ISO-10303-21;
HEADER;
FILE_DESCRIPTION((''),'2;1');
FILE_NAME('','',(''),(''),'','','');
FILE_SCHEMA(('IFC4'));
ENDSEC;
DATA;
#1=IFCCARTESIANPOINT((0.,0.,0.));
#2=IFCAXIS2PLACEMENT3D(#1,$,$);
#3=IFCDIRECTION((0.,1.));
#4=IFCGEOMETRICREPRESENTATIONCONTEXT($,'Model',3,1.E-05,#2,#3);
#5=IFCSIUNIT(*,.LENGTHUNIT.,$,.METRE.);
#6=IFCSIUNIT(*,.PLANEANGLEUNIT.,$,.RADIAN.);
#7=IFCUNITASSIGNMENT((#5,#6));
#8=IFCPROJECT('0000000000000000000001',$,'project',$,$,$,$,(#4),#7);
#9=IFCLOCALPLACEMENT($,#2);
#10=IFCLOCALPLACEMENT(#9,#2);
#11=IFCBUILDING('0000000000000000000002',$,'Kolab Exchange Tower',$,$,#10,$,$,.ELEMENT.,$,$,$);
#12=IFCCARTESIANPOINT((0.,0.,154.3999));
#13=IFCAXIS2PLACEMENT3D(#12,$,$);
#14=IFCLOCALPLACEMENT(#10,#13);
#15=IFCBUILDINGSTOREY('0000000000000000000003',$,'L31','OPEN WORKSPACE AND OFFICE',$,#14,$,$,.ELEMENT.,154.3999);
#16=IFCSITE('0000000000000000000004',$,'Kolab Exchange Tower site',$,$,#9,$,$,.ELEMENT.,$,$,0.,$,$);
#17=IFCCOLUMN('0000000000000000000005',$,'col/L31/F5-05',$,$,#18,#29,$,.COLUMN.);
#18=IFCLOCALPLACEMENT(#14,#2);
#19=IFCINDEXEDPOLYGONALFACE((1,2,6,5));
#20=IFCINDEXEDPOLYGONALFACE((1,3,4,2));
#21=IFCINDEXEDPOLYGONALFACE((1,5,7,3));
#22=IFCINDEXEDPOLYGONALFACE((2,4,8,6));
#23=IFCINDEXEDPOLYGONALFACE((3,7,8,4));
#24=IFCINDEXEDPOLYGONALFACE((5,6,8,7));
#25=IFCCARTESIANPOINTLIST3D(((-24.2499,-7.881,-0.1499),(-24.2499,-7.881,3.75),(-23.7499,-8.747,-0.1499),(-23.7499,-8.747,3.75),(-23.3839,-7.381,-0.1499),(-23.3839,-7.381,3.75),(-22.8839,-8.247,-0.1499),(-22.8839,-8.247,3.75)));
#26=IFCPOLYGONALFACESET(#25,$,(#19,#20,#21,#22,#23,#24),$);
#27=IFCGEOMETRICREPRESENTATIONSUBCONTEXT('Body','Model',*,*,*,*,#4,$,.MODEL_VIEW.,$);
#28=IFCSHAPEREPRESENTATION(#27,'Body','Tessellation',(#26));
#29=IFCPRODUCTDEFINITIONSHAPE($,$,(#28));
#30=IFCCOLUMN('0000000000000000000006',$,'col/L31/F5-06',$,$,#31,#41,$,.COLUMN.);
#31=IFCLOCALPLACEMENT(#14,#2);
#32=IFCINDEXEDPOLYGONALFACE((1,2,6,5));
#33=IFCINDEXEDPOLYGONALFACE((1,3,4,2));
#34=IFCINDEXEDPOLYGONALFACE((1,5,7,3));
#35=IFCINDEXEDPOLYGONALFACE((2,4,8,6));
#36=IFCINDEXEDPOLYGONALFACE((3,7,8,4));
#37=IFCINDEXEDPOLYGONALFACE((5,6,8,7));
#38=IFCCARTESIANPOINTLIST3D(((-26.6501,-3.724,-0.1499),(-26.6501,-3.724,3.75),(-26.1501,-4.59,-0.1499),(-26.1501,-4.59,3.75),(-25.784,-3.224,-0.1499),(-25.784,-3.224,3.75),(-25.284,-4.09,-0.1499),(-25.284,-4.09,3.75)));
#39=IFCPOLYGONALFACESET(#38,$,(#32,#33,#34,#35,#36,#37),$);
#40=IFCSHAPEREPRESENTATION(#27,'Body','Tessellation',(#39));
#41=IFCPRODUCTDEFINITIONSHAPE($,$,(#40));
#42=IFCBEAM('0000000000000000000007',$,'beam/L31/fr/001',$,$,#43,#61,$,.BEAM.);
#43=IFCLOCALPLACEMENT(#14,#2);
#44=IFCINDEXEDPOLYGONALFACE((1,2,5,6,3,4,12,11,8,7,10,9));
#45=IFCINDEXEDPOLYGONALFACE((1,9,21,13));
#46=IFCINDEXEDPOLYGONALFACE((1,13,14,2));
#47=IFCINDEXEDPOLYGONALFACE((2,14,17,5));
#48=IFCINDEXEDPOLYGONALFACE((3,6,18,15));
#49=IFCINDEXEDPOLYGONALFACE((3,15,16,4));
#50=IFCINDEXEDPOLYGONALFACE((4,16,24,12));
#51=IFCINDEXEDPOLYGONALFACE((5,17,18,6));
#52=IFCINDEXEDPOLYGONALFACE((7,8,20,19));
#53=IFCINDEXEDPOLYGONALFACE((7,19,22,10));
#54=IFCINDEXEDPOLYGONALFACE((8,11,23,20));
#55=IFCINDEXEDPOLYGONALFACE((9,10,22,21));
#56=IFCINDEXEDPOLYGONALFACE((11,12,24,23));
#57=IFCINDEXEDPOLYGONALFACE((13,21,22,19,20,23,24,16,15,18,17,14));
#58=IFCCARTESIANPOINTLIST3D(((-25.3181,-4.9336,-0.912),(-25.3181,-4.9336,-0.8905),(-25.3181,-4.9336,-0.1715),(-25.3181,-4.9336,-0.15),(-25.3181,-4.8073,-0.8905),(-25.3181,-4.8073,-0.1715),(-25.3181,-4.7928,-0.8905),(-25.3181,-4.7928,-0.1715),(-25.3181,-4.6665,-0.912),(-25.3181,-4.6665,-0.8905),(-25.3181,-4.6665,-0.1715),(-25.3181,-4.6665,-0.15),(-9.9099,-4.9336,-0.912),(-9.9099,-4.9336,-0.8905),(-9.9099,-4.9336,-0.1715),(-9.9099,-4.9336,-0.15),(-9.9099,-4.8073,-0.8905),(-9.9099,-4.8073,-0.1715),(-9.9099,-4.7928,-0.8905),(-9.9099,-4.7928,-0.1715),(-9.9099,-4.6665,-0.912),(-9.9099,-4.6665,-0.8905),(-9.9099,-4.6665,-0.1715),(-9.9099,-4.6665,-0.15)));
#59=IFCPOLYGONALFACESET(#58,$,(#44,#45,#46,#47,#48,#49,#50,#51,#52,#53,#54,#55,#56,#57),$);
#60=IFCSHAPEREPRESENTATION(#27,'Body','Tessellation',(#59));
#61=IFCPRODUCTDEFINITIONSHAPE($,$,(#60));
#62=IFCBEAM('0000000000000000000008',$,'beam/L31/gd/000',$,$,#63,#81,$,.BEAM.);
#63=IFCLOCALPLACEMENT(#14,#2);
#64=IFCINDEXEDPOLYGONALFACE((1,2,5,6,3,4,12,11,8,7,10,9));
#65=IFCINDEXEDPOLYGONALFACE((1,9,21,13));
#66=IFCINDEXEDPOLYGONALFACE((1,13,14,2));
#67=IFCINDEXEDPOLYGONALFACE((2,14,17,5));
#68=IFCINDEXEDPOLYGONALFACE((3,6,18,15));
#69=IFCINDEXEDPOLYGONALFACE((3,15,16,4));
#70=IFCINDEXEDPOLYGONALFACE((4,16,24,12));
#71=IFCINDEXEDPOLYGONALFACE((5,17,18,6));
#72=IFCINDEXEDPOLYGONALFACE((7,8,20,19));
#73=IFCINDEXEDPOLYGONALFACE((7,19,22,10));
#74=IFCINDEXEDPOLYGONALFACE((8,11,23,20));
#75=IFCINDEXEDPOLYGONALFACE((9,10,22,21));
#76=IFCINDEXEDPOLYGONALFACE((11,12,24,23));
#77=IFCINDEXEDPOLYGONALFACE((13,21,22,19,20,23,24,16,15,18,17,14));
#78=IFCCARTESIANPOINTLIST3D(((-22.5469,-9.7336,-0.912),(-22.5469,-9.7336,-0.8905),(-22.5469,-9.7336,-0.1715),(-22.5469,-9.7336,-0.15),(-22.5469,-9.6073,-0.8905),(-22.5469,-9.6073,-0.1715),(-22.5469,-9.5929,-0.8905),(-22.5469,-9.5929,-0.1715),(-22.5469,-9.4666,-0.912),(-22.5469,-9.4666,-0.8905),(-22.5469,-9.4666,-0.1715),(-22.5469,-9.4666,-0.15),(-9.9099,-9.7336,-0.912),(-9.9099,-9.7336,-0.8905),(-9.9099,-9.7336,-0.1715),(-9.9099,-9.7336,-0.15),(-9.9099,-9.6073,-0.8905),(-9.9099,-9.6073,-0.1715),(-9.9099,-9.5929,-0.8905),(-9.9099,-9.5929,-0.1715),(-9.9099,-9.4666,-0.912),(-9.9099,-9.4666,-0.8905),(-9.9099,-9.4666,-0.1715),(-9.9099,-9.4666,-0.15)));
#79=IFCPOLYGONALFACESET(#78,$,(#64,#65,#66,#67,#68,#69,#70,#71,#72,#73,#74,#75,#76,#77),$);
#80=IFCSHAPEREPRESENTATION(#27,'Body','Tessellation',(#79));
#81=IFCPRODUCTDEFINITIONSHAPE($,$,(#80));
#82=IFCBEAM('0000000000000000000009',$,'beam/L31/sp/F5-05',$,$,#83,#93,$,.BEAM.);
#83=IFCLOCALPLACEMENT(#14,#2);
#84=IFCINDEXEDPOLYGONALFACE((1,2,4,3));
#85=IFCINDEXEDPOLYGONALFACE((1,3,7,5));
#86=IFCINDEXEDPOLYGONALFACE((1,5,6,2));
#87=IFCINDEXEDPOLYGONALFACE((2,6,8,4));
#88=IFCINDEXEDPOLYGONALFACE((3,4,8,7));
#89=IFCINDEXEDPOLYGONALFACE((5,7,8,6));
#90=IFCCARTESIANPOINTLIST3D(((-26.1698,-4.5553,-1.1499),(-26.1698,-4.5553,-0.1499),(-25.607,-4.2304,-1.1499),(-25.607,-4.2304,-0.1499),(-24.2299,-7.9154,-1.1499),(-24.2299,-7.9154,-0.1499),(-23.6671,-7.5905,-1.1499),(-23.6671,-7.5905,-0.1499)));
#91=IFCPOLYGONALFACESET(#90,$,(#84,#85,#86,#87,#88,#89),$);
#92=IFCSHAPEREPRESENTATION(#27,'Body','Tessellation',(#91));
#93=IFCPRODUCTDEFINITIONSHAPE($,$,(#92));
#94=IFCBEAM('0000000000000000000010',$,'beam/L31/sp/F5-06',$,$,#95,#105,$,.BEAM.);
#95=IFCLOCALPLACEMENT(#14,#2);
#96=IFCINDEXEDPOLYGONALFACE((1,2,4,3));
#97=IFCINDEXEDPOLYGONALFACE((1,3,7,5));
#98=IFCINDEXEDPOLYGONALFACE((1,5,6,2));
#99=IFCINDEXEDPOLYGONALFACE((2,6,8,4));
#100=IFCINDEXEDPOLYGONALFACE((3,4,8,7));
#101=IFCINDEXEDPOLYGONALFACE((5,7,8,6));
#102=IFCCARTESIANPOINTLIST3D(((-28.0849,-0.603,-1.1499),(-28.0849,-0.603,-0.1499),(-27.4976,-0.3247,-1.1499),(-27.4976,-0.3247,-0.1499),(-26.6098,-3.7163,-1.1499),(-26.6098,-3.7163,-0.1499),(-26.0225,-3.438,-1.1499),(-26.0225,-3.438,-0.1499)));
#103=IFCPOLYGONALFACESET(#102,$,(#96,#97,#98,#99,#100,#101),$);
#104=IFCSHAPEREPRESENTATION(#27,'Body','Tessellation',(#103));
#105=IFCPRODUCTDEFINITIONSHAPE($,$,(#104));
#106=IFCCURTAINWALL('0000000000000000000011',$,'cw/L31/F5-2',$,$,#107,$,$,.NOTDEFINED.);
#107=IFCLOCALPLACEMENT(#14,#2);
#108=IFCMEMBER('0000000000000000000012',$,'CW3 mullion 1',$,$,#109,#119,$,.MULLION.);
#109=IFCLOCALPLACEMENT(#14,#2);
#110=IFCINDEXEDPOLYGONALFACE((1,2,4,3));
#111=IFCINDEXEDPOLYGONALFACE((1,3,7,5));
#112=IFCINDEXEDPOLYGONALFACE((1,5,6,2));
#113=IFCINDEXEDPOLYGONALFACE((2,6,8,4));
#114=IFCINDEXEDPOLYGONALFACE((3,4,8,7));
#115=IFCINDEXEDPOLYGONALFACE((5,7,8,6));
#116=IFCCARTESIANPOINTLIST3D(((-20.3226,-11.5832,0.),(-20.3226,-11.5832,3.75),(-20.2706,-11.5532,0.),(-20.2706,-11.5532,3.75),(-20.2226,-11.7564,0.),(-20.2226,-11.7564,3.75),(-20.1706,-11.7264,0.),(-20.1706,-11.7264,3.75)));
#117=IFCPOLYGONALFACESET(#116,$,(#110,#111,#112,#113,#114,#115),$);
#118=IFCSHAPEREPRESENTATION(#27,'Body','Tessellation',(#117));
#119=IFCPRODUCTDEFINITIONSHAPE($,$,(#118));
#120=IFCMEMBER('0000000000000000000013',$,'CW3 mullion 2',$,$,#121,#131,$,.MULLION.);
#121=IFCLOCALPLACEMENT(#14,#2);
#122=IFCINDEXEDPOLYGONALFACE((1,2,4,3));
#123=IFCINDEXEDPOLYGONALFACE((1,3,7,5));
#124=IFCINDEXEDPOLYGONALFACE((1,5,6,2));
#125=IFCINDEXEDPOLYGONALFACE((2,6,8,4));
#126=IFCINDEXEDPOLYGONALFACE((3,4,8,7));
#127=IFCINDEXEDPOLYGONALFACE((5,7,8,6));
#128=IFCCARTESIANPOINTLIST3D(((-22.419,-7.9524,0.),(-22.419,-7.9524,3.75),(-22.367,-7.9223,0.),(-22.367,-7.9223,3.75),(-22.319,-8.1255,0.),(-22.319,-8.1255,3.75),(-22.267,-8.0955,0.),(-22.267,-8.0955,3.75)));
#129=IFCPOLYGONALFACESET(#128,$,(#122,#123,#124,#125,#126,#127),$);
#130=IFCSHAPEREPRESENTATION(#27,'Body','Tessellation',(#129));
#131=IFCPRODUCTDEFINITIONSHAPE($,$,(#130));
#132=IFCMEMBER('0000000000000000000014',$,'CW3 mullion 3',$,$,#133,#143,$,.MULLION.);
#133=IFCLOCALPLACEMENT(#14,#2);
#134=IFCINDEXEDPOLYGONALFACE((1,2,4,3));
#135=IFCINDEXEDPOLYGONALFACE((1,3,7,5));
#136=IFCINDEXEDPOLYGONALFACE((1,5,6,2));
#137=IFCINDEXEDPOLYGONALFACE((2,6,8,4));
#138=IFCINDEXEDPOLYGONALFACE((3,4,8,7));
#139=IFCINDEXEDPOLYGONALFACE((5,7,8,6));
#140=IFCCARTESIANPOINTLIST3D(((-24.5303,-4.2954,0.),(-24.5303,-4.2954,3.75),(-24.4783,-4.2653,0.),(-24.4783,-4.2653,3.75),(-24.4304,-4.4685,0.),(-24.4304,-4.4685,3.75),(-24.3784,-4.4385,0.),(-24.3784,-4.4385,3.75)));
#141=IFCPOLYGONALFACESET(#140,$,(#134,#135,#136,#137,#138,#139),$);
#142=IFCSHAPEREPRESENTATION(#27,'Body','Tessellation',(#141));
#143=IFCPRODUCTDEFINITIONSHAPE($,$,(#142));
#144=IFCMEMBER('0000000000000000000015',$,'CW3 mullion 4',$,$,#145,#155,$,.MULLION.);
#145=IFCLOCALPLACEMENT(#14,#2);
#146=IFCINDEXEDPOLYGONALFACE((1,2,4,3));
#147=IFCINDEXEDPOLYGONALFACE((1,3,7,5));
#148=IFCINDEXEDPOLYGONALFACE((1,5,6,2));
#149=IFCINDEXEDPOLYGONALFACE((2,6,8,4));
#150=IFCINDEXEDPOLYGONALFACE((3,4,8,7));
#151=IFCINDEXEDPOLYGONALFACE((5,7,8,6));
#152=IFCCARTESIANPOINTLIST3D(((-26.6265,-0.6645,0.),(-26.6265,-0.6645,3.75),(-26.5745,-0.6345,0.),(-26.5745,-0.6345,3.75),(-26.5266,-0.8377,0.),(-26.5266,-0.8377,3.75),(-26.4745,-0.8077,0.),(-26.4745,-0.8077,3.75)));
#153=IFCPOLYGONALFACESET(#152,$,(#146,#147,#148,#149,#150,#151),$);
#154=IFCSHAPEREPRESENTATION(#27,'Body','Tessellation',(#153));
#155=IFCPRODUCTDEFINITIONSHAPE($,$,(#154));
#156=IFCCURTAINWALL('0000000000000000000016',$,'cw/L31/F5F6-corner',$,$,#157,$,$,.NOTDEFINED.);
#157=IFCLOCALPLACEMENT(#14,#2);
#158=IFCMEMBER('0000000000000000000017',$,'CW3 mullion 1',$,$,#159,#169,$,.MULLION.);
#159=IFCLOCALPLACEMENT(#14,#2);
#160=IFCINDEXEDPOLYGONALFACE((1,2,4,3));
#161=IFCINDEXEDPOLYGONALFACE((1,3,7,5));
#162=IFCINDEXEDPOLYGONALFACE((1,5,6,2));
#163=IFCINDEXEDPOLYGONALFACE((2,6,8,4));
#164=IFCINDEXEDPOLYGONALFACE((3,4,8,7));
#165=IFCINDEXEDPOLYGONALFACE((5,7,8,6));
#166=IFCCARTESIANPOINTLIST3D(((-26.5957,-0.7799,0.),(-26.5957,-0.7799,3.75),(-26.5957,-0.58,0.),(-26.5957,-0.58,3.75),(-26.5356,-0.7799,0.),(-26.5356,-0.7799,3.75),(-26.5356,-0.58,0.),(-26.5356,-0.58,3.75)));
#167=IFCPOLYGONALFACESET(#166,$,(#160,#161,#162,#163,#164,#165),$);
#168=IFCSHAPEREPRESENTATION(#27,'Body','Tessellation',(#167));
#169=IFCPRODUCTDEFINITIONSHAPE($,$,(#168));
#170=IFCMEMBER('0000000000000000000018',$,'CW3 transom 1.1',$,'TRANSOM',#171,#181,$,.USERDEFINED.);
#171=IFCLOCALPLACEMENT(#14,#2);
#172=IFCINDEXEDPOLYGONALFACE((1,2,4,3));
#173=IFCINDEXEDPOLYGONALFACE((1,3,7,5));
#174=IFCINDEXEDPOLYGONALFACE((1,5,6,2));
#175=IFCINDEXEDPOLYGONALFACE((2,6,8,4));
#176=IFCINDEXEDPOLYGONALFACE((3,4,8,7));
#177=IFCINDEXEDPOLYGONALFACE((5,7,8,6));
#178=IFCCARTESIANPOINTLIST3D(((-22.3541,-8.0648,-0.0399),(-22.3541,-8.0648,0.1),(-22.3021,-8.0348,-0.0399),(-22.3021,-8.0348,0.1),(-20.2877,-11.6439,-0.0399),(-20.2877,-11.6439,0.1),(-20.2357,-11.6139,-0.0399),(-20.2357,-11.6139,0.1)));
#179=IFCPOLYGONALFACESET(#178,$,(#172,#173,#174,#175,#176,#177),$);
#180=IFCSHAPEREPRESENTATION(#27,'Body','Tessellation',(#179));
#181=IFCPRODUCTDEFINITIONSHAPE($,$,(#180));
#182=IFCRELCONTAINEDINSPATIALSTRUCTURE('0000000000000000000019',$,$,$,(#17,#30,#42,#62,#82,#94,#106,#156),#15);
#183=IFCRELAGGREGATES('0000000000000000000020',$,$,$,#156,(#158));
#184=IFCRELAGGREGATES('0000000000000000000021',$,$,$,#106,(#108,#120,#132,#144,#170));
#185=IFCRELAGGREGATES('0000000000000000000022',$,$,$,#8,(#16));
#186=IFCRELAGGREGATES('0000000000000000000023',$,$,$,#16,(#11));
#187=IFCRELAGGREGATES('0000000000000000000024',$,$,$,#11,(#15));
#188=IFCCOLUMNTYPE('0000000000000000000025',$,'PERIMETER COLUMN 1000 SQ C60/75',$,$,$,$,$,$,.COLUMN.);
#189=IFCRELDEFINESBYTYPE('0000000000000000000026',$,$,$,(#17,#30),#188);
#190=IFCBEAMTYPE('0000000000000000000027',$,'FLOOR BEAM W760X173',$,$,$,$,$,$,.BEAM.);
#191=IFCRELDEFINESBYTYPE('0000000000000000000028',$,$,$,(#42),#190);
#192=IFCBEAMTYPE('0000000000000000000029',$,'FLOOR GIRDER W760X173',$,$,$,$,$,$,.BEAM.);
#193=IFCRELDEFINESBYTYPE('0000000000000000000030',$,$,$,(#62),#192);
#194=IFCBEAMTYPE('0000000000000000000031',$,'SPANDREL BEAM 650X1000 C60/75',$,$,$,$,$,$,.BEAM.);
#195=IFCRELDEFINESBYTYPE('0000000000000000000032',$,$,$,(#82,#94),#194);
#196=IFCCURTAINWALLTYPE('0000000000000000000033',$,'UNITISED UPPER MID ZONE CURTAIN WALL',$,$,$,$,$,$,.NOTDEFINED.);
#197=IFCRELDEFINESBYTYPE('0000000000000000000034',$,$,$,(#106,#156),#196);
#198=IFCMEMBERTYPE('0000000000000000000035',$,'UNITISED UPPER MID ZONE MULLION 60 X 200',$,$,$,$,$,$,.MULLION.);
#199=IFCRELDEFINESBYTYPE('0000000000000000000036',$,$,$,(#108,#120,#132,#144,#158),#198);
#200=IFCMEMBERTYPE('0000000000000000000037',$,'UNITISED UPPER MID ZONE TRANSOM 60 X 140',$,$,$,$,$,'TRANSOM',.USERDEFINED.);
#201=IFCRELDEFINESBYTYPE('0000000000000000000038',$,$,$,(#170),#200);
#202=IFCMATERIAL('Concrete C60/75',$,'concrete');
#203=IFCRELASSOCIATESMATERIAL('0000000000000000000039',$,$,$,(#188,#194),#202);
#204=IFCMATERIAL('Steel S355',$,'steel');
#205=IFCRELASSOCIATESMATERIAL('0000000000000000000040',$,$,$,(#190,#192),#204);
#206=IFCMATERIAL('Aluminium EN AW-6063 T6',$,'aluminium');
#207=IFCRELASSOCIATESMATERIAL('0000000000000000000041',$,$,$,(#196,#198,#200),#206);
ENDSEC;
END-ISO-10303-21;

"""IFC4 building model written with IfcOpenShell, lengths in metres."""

from ifc_helpers import new_model, si_unit, direction, frame, origin, origin_2d, place, context, subcontext, project, spatial, rectangle, i_section, extrude, material, material_profile, profile_set, type_object, element, aggregate, save


model = new_model("IFC4")

# Units and contexts
model_context = context("Model", 3, precision=1e-05, world=origin(), true_north=direction((0.0, 1.0)))
body_context = subcontext(model_context, "Body", "Model", "MODEL_VIEW")
ifc_project = project(units=[si_unit("LENGTHUNIT", "METRE"), si_unit("PLANEANGLEUNIT", "RADIAN")], contexts=[model_context])

# Site, building, storey
site_placement = place(None, origin())
site = spatial("IfcSite", under=ifc_project, at=site_placement, Name="Kolab Exchange Tower site", CompositionType="ELEMENT", RefElevation=0.0)
building_placement = place(site_placement, origin())
building = spatial("IfcBuilding", under=site, at=building_placement, Name="Kolab Exchange Tower", CompositionType="ELEMENT")
storey_placement = place(building_placement, frame((0.0, 0.0, 154.3999)))
storey = spatial("IfcBuildingStorey", under=building, at=storey_placement, Name="L31", Description="OPEN WORKSPACE AND OFFICE", CompositionType="ELEMENT", Elevation=154.3999)

# Columns
ifc_material_1 = material(Name="Concrete C60/75", Category="concrete")
ifc_material_profile_1 = material_profile(ifc_material_1, rectangle(XDim=1.0, YDim=1.0, at=origin_2d()), Name="RC1000")
ifc_profile_set_1 = profile_set([ifc_material_profile_1], Name="Concrete C60/75")
column_type = type_object("IfcColumnType", Name="PERIMETER COLUMN 1000 SQ C60/75", PredefinedType="COLUMN", material=ifc_profile_set_1)
for number, where, z_axis, x_axis, name in (
    (1, (-23.5669, -8.064, -0.1499), (0.0, 0.0, 1.0), (0.866025, 0.5, 0.0), "col/L31/F5-05"),
    (2, (-25.967, -3.907, -0.1499), (0.0, 0.0, 1.0), (0.866025, 0.5, 0.0), "col/L31/F5-06"),
):
    element("IfcColumn", number, at=place(storey_placement, frame(where, z_axis=z_axis, x_axis=x_axis)), inside=storey, type_object=column_type, Name=name, PredefinedType="COLUMN", context=body_context, shape_type="SweptSolid", body=[
        extrude(rectangle(XDim=1.0, YDim=1.0, at=origin_2d()), origin(), (0.0, 0.0, 1.0), 3.8999),
    ])

# Beams
ifc_material_2 = material(Name="Steel S355", Category="steel")
ifc_material_profile_2 = material_profile(ifc_material_2, i_section(OverallWidth=0.2671, OverallDepth=0.762, WebThickness=0.0144, FlangeThickness=0.0215, at=origin_2d()), Name="W760X173")
ifc_profile_set_2 = profile_set([ifc_material_profile_2], Name="Steel S355")
beam_type_1 = type_object("IfcBeamType", Name="FLOOR BEAM W760X173", PredefinedType="BEAM", material=ifc_profile_set_2)
beam_1_placement = place(storey_placement, frame((-25.3181, -4.8, -0.531), z_axis=(1.0, 0.0, 0.0), x_axis=(0.0, 1.0, 0.0)))
element("IfcBeam", 3, at=beam_1_placement, inside=storey, type_object=beam_type_1, Name="beam/L31/fr/001", PredefinedType="BEAM", context=body_context, shape_type="SweptSolid", body=[
    extrude(i_section(OverallWidth=0.2671, OverallDepth=0.762, WebThickness=0.0144, FlangeThickness=0.0215, at=origin_2d()), origin(), (0.0, 0.0, 1.0), 15.4082),
])
ifc_material_profile_3 = material_profile(ifc_material_2, i_section(OverallWidth=0.2671, OverallDepth=0.762, WebThickness=0.0144, FlangeThickness=0.0215, at=origin_2d()), Name="W760X173")
ifc_profile_set_3 = profile_set([ifc_material_profile_3], Name="Steel S355")
beam_type_2 = type_object("IfcBeamType", Name="FLOOR GIRDER W760X173", PredefinedType="BEAM", material=ifc_profile_set_3)
beam_2_placement = place(storey_placement, frame((-22.5469, -9.6001, -0.531), z_axis=(1.0, 0.0, 0.0), x_axis=(0.0, 1.0, 0.0)))
element("IfcBeam", 4, at=beam_2_placement, inside=storey, type_object=beam_type_2, Name="beam/L31/gd/000", PredefinedType="BEAM", context=body_context, shape_type="SweptSolid", body=[
    extrude(i_section(OverallWidth=0.2671, OverallDepth=0.762, WebThickness=0.0144, FlangeThickness=0.0215, at=origin_2d()), origin(), (0.0, 0.0, 1.0), 12.637),
])
ifc_material_profile_4 = material_profile(ifc_material_1, rectangle(XDim=0.6499, YDim=1.0, at=origin_2d()), Name="RC650X1000")
ifc_profile_set_4 = profile_set([ifc_material_profile_4], Name="Concrete C60/75")
beam_type_3 = type_object("IfcBeamType", Name="SPANDREL BEAM 650X1000 C60/75", PredefinedType="BEAM", material=ifc_profile_set_4)
beam_3_placement = place(storey_placement, frame((-23.9485, -7.7529, -0.6499), z_axis=(-0.499997, 0.866027, 0.0), x_axis=(-0.866027, -0.499997, 0.0)))
element("IfcBeam", 5, at=beam_3_placement, inside=storey, type_object=beam_type_3, Name="beam/L31/sp/F5-05", PredefinedType="BEAM", context=body_context, shape_type="SweptSolid", body=[
    extrude(rectangle(XDim=0.6499, YDim=1.0, at=origin_2d()), origin(), (0.0, 0.0, 1.0), 3.8799),
])
beam_4_placement = place(storey_placement, frame((-26.3162, -3.5771, -0.6499), z_axis=(-0.428178, 0.903695, 0.0), x_axis=(-0.903695, -0.428178, 0.0)))
element("IfcBeam", 6, at=beam_4_placement, inside=storey, type_object=beam_type_3, Name="beam/L31/sp/F5-06", PredefinedType="BEAM", context=body_context, shape_type="SweptSolid", body=[
    extrude(rectangle(XDim=0.6499, YDim=1.0, at=origin_2d()), origin(), (0.0, 0.0, 1.0), 3.4451),
])

# Curtain wall, members
ifc_material_3 = material(Name="Aluminium EN AW-6063 T6", Category="aluminium")
curtain_wall_type = type_object("IfcCurtainWallType", Name="UNITISED UPPER MID ZONE CURTAIN WALL", PredefinedType="NOTDEFINED", material=ifc_material_3)
curtain_wall_1_placement = place(storey_placement, origin())
curtain_wall_1 = element("IfcCurtainWall", 7, at=curtain_wall_1_placement, inside=storey, type_object=curtain_wall_type, Name="cw/L31/F5-2", PredefinedType="NOTDEFINED")
ifc_material_profile_5 = material_profile(ifc_material_3, rectangle(XDim=0.0601, YDim=0.2, at=origin_2d()), Name="RECT 60X200")
ifc_profile_set_5 = profile_set([ifc_material_profile_5], Name="Aluminium EN AW-6063 T6")
member_type_1 = type_object("IfcMemberType", Name="UNITISED UPPER MID ZONE MULLION 60 X 200", PredefinedType="MULLION", material=ifc_profile_set_5)
member_1_placement = place(storey_placement, frame((-20.2466, -11.6548, 0.0), z_axis=(0.0, 0.0, 1.0), x_axis=(-0.866025, -0.5, 0.0)))
member_1 = element("IfcMember", 8, at=member_1_placement, type_object=member_type_1, Name="CW3 mullion 1", PredefinedType="MULLION", context=body_context, shape_type="SweptSolid", body=[
    extrude(rectangle(XDim=0.0601, YDim=0.2, at=origin_2d()), origin(), (0.0, 0.0, 1.0), 3.75),
])
member_2_placement = place(storey_placement, frame((-22.343, -8.0239, 0.0), z_axis=(0.0, 0.0, 1.0), x_axis=(-0.866025, -0.5, 0.0)))
member_2 = element("IfcMember", 9, at=member_2_placement, type_object=member_type_1, Name="CW3 mullion 2", PredefinedType="MULLION", context=body_context, shape_type="SweptSolid", body=[
    extrude(rectangle(XDim=0.0601, YDim=0.2, at=origin_2d()), origin(), (0.0, 0.0, 1.0), 3.75),
])
member_3_placement = place(storey_placement, frame((-24.4543, -4.3669, 0.0), z_axis=(0.0, 0.0, 1.0), x_axis=(-0.866025, -0.5, 0.0)))
member_3 = element("IfcMember", 10, at=member_3_placement, type_object=member_type_1, Name="CW3 mullion 3", PredefinedType="MULLION", context=body_context, shape_type="SweptSolid", body=[
    extrude(rectangle(XDim=0.0601, YDim=0.2, at=origin_2d()), origin(), (0.0, 0.0, 1.0), 3.75),
])
member_4_placement = place(storey_placement, frame((-26.5505, -0.7361, 0.0), z_axis=(0.0, 0.0, 1.0), x_axis=(-0.866025, -0.5, 0.0)))
member_4 = element("IfcMember", 11, at=member_4_placement, type_object=member_type_1, Name="CW3 mullion 4", PredefinedType="MULLION", context=body_context, shape_type="SweptSolid", body=[
    extrude(rectangle(XDim=0.0601, YDim=0.2, at=origin_2d()), origin(), (0.0, 0.0, 1.0), 3.75),
])

# Curtain wall, member
curtain_wall_2_placement = place(storey_placement, origin())
curtain_wall_2 = element("IfcCurtainWall", 12, at=curtain_wall_2_placement, inside=storey, type_object=curtain_wall_type, Name="cw/L31/F5F6-corner", PredefinedType="NOTDEFINED")
member_5_placement = place(storey_placement, frame((-26.5657, -0.6799, 0.0), z_axis=(0.0, 0.0, 1.0), x_axis=(-1.0, 0.0, 0.0)))
member_5 = element("IfcMember", 13, at=member_5_placement, type_object=member_type_1, Name="CW3 mullion 1", PredefinedType="MULLION", context=body_context, shape_type="SweptSolid", body=[
    extrude(rectangle(XDim=0.0601, YDim=0.2, at=origin_2d()), origin(), (0.0, 0.0, 1.0), 3.75),
])

# Member
ifc_material_profile_6 = material_profile(ifc_material_3, rectangle(XDim=0.0601, YDim=0.1399, at=origin_2d()), Name="RECT 60X140")
ifc_profile_set_6 = profile_set([ifc_material_profile_6], Name="Aluminium EN AW-6063 T6")
member_type_2 = type_object("IfcMemberType", Name="UNITISED UPPER MID ZONE TRANSOM 60 X 140", ElementType="TRANSOM", PredefinedType="USERDEFINED", material=ifc_profile_set_6)
member_6_placement = place(storey_placement, frame((-20.2617, -11.6289, 0.03), z_axis=(-0.500002, 0.866024, 0.0), x_axis=(-0.866024, -0.500002, 0.0)))
member_6 = element("IfcMember", 14, at=member_6_placement, type_object=member_type_2, Name="CW3 transom 1.1", ObjectType="TRANSOM", PredefinedType="USERDEFINED", context=body_context, shape_type="SweptSolid", body=[
    extrude(rectangle(XDim=0.0601, YDim=0.1399, at=origin_2d()), origin(), (0.0, 0.0, 1.0), 4.1328),
])
aggregate(curtain_wall_2, [member_5])

aggregate(curtain_wall_1, [member_1, member_2, member_3, member_4, member_6])

save(model, "model.ifc")
